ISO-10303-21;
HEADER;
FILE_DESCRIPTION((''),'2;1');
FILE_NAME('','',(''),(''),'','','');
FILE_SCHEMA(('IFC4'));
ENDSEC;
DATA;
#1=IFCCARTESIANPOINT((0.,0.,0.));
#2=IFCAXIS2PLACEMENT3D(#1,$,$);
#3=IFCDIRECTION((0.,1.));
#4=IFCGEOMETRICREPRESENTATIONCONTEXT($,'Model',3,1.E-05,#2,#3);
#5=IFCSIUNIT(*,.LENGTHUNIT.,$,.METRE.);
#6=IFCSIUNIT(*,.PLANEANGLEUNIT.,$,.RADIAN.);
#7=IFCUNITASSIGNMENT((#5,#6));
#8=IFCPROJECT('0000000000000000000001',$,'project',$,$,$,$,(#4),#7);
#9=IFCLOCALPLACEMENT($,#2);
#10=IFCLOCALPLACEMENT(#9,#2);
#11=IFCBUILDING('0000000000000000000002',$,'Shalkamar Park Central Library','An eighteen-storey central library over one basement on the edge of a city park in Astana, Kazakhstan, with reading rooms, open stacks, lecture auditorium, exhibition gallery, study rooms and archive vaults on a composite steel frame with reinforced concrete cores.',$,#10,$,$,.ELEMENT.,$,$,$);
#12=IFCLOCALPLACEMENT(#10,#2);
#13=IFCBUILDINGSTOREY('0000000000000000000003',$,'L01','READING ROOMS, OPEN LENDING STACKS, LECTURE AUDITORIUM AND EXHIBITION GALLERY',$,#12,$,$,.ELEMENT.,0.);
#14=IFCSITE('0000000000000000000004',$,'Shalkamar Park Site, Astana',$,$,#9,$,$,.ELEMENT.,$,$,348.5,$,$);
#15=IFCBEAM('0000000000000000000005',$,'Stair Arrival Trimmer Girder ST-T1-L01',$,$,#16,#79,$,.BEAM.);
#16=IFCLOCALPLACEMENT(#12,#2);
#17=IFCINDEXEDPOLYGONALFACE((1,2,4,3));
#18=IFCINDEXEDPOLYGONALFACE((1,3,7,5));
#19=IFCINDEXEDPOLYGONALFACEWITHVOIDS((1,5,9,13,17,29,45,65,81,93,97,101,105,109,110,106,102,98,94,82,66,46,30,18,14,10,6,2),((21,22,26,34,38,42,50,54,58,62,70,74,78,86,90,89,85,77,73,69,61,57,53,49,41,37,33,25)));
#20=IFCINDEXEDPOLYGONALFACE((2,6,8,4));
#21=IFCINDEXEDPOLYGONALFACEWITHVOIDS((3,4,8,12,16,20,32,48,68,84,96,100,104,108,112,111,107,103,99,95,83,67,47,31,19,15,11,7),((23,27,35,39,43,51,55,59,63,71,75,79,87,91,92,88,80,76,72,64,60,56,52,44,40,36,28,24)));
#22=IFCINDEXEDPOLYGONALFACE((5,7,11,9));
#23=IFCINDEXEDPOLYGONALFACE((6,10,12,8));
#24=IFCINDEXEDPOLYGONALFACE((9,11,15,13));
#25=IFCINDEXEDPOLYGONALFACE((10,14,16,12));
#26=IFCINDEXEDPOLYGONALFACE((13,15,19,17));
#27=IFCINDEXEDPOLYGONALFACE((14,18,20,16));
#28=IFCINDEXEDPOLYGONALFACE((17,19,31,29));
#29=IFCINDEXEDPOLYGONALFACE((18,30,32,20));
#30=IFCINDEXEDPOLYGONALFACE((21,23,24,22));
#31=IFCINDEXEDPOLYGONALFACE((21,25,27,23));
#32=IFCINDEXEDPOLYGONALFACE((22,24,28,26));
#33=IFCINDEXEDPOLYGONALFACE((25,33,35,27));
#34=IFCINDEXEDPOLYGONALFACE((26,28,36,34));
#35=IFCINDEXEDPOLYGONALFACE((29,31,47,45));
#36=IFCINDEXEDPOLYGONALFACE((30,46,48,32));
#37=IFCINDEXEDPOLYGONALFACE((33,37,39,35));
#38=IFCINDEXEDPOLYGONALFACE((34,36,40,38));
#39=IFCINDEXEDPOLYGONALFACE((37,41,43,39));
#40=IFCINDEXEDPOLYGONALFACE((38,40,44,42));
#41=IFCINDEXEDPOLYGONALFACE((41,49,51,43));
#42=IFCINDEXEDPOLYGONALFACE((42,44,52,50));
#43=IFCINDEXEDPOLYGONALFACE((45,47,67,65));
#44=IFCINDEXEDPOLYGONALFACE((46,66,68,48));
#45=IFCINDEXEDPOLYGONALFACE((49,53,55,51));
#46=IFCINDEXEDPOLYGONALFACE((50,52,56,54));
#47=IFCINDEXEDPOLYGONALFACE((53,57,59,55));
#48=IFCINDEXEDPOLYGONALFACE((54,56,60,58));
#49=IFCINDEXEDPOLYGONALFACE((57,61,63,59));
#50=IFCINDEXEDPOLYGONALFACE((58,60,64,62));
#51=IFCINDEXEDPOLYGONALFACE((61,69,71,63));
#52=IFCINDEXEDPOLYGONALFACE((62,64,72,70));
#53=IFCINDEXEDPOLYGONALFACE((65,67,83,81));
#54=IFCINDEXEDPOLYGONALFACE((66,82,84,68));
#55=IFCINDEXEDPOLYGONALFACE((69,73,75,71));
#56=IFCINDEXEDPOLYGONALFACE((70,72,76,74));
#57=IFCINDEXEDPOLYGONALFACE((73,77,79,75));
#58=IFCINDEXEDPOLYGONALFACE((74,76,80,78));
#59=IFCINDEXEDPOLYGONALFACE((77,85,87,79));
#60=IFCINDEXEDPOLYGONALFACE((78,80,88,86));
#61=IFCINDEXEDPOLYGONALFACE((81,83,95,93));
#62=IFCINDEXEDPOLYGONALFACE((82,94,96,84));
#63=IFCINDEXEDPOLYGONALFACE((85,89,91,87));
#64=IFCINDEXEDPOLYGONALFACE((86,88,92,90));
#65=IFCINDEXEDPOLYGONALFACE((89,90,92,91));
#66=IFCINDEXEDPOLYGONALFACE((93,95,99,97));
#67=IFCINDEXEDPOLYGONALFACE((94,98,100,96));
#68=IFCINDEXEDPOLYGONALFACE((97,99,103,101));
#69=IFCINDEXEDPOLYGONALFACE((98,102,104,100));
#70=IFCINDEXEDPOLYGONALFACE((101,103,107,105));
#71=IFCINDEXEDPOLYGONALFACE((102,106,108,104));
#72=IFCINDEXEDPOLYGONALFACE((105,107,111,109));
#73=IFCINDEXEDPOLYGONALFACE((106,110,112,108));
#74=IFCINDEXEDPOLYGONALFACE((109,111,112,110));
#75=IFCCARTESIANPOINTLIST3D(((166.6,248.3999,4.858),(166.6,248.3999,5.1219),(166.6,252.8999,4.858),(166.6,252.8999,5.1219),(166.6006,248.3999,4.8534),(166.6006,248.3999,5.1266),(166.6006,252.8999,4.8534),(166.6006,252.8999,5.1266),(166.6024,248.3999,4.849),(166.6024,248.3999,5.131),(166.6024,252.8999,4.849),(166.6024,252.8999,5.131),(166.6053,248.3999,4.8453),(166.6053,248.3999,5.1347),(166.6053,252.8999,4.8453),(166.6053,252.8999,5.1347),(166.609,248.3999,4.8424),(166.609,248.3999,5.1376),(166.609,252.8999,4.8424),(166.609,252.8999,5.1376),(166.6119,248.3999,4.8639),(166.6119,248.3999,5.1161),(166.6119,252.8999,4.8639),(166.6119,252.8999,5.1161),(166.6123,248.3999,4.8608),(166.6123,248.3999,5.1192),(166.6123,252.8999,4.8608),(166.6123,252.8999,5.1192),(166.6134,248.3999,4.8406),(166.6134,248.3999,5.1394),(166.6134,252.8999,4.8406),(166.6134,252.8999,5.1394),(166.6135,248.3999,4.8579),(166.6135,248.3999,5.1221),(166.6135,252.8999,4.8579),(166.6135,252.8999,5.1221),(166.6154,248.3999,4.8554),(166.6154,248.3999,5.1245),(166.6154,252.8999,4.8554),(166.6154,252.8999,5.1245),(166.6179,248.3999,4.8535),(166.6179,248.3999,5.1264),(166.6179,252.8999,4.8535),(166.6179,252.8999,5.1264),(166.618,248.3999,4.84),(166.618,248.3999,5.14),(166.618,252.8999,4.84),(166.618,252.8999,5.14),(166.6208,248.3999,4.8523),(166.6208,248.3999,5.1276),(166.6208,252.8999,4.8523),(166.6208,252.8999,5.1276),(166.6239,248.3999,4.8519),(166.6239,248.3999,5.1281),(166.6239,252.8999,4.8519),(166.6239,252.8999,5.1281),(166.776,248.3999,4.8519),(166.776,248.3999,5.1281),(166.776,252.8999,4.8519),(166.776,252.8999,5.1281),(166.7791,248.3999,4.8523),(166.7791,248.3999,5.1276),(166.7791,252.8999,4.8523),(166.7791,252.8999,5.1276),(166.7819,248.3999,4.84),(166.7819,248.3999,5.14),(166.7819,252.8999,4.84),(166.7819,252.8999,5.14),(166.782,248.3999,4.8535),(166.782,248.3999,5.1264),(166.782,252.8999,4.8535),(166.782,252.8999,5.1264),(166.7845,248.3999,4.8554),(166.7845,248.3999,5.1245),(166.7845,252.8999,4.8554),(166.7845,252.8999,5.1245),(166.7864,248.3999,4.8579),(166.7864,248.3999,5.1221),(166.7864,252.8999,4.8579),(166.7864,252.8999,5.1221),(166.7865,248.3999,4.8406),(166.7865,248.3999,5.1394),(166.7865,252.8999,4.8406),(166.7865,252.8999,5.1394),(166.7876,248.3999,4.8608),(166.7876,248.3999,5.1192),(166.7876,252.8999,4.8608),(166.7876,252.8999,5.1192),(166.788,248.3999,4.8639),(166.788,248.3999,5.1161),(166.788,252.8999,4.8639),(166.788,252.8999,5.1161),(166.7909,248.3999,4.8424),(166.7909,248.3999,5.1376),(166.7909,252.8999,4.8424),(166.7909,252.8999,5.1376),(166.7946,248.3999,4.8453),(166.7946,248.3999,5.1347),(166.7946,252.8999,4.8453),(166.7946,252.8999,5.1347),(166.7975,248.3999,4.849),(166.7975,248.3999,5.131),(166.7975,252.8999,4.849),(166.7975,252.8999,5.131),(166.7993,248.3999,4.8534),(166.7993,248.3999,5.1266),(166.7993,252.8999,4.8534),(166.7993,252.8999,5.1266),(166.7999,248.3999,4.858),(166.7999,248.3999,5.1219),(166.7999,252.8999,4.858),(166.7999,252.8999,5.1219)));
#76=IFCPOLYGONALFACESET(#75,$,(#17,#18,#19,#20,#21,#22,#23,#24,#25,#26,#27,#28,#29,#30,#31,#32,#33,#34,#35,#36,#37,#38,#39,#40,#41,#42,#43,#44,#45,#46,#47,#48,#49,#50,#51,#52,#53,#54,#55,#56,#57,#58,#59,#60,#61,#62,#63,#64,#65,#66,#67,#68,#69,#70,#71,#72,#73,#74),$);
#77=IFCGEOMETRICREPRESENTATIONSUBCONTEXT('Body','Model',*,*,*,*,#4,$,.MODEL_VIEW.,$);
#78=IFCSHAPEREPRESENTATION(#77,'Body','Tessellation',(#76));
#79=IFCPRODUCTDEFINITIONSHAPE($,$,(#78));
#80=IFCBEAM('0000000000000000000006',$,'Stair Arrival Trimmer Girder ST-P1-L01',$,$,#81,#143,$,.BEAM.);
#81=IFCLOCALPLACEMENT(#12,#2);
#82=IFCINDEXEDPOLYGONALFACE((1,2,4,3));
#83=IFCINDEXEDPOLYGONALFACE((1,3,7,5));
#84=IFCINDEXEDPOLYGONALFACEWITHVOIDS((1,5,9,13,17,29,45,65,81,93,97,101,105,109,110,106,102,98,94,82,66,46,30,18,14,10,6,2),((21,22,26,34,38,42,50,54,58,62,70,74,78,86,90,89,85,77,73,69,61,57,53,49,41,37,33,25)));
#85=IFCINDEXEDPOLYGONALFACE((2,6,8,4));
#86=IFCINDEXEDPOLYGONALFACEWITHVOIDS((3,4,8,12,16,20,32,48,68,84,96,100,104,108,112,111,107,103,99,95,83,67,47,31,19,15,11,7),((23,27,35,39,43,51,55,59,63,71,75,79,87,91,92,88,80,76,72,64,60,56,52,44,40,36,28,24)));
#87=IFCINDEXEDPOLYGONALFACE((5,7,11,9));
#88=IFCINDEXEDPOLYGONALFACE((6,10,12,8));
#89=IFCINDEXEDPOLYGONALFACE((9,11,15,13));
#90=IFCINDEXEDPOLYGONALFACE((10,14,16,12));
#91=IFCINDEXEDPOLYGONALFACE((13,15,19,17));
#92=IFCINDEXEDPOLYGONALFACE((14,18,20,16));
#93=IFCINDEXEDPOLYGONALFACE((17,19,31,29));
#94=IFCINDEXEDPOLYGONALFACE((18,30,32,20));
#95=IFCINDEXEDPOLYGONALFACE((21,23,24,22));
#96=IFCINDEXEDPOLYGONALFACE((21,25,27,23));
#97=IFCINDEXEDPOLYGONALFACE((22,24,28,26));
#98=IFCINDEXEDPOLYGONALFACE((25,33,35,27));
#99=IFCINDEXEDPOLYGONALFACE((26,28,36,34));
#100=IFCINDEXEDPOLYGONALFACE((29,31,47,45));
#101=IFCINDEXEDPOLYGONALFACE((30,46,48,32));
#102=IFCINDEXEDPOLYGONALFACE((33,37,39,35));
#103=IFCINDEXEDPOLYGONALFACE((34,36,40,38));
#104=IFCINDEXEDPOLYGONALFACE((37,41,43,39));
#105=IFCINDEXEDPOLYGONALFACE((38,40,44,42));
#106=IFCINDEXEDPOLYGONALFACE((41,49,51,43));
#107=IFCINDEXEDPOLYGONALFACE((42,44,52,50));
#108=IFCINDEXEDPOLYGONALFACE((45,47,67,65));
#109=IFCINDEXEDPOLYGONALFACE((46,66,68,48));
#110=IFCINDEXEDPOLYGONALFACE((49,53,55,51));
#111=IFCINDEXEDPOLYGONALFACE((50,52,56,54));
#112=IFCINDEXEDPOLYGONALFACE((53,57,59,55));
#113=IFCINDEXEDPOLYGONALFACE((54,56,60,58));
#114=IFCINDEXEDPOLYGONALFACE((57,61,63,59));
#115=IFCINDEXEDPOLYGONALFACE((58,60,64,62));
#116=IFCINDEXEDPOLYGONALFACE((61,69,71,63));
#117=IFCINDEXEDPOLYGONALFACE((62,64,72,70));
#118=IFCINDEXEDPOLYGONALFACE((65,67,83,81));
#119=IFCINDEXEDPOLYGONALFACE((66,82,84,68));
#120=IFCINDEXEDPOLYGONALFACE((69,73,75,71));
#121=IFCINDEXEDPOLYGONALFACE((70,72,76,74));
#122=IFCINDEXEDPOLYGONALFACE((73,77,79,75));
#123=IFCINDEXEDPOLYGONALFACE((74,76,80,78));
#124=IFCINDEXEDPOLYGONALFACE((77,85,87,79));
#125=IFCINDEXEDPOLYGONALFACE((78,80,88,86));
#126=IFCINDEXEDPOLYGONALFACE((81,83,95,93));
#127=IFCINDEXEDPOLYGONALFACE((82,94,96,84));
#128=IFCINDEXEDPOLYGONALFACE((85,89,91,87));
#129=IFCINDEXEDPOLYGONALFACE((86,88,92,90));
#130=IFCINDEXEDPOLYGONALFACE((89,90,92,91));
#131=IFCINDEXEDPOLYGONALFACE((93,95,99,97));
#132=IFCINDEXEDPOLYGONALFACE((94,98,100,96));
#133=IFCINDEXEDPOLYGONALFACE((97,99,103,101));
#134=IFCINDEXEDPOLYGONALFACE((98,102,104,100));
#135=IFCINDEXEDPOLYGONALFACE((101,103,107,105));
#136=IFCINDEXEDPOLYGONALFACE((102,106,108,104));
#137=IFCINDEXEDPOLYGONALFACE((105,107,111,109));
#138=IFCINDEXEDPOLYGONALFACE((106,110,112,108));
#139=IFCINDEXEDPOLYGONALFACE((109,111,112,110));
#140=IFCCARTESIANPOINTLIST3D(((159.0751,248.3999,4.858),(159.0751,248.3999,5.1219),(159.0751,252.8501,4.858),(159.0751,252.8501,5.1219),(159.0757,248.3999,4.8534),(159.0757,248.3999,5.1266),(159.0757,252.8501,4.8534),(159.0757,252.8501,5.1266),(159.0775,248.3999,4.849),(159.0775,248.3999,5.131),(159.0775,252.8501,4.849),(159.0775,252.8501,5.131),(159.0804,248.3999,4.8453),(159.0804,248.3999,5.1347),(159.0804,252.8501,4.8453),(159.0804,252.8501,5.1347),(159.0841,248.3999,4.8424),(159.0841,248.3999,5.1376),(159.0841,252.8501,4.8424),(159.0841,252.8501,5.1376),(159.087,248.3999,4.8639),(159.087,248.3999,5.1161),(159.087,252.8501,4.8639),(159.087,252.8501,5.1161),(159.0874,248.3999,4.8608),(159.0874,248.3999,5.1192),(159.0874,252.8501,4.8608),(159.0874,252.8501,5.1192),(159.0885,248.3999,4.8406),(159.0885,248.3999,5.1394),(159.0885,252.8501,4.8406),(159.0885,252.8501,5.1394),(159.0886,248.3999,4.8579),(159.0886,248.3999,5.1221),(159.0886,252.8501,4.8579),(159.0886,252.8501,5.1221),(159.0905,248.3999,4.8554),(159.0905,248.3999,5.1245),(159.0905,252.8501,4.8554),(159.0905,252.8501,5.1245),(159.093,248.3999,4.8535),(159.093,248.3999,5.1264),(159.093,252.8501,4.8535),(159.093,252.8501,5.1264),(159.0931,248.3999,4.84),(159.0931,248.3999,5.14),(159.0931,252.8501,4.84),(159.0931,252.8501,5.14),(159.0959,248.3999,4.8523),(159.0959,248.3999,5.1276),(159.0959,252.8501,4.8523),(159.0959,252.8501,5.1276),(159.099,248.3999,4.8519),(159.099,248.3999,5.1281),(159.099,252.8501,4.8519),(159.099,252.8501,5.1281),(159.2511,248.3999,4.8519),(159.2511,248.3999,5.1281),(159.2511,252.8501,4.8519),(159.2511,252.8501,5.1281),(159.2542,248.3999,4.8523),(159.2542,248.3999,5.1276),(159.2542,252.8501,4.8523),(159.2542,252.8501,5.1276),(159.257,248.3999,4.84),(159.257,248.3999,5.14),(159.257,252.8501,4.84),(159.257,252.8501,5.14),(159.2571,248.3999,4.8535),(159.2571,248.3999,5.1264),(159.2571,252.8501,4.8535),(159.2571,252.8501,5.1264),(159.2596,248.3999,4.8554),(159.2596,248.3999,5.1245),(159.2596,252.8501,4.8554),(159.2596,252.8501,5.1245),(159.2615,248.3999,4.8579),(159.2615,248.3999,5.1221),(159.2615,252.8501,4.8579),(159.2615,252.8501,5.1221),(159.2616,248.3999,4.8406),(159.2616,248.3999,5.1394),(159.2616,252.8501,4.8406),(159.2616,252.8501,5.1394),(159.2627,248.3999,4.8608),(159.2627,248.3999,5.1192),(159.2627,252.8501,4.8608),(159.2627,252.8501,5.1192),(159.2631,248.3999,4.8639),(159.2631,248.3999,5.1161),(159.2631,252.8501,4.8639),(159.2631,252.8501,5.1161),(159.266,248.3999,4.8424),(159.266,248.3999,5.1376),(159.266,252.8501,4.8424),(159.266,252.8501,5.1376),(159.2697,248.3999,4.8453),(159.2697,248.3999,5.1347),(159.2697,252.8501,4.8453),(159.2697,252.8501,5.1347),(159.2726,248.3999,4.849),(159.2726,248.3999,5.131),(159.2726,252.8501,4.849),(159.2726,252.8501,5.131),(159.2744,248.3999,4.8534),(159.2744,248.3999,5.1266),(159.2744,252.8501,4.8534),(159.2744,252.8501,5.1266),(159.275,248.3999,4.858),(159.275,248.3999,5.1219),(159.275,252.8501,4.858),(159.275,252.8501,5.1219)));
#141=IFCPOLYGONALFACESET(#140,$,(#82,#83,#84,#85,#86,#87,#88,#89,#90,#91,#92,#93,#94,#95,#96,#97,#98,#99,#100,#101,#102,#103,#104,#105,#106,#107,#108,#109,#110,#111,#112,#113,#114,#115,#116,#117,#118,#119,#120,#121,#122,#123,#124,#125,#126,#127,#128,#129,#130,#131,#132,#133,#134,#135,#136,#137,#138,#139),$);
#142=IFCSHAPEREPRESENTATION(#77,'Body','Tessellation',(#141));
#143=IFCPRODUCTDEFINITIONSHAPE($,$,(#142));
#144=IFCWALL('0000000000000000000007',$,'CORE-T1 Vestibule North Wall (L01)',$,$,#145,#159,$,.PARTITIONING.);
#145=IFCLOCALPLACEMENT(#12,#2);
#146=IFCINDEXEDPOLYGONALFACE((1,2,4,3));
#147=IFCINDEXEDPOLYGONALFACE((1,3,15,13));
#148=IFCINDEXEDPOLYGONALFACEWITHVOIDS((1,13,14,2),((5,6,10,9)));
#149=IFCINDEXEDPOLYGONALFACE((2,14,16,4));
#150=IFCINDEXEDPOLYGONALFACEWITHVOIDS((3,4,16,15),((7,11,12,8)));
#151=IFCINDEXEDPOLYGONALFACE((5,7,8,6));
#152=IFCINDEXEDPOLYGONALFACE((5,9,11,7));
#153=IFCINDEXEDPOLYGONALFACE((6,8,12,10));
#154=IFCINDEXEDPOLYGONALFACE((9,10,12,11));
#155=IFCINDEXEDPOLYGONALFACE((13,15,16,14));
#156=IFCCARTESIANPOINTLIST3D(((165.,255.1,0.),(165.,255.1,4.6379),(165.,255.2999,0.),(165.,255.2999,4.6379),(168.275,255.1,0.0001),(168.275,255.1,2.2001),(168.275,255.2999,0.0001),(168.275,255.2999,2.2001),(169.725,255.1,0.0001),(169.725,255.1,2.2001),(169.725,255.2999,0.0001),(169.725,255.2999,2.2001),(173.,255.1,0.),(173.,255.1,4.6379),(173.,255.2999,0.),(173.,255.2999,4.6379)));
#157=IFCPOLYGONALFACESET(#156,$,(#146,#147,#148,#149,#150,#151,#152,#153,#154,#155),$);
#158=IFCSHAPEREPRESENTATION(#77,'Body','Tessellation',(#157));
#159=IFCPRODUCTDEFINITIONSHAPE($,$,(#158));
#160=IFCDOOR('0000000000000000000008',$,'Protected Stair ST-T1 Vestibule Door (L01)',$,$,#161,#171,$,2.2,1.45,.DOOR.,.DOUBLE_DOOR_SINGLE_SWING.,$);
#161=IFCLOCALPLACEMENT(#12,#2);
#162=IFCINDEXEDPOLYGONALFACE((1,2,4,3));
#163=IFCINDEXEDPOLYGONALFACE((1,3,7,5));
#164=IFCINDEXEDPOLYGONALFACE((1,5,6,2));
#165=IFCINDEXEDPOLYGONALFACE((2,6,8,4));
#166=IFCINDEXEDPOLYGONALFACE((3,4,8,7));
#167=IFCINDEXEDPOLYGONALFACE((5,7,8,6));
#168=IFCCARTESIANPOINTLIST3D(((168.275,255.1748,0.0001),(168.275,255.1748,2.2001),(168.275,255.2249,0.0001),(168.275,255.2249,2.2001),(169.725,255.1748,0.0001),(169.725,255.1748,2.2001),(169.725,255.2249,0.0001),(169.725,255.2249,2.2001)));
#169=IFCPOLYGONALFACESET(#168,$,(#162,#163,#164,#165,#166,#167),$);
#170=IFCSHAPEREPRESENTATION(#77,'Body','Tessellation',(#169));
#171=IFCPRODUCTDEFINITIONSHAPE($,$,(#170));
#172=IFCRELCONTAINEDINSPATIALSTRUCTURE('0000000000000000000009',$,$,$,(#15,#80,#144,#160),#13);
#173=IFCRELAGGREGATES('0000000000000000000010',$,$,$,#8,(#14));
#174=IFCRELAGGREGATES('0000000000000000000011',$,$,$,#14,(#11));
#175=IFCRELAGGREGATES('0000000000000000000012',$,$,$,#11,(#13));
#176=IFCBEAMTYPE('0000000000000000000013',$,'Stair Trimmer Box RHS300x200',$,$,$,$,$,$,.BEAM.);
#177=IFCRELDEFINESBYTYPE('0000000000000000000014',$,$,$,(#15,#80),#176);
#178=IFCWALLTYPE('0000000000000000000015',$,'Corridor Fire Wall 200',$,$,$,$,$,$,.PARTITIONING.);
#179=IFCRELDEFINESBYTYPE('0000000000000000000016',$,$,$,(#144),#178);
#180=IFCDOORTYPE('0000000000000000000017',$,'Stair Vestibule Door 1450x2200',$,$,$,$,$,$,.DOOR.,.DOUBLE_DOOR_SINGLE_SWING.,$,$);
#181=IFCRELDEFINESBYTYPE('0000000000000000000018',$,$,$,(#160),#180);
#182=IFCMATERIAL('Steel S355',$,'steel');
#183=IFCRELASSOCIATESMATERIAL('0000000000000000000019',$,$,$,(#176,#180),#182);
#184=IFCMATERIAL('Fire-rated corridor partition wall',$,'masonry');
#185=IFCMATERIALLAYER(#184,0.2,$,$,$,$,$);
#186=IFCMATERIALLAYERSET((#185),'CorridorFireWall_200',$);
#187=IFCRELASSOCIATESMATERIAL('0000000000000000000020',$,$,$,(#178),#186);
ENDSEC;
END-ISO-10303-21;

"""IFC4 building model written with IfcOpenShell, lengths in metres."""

from ifc_helpers import new_model, si_unit, direction, frame, frame_2d, origin, origin_2d, place, context, subcontext, project, spatial, rectangle, hollow_rectangle, extrude, material, layer, layer_set, material_profile, profile_set, type_object, element, fill, save


model = new_model("IFC4")

# Units and contexts
model_context = context("Model", 3, precision=1e-05, world=origin(), true_north=direction((0.0, 1.0)))
body_context = subcontext(model_context, "Body", "Model", "MODEL_VIEW")
ifc_project = project(units=[si_unit("LENGTHUNIT", "METRE"), si_unit("PLANEANGLEUNIT", "RADIAN")], contexts=[model_context])

# Site, building, storey
site_placement = place(None, origin())
site = spatial("IfcSite", under=ifc_project, at=site_placement, Name="Shalkamar Park Site, Astana", CompositionType="ELEMENT", RefElevation=348.5)
building_placement = place(site_placement, origin())
building = spatial("IfcBuilding", under=site, at=building_placement, Name="Shalkamar Park Central Library", Description="An eighteen-storey central library over one basement on the edge of a city park in Astana, Kazakhstan, with reading rooms, open stacks, lecture auditorium, exhibition gallery, study rooms and archive vaults on a composite steel frame with reinforced concrete cores.", CompositionType="ELEMENT")
storey_placement = place(building_placement, origin())
storey = spatial("IfcBuildingStorey", under=building, at=storey_placement, Name="L01", Description="READING ROOMS, OPEN LENDING STACKS, LECTURE AUDITORIUM AND EXHIBITION GALLERY", CompositionType="ELEMENT", Elevation=0.0)

# Shared definitions
ifc_material_1 = material(Name="Steel S355", Category="steel")

# Beams
ifc_material_profile_1 = material_profile(ifc_material_1, hollow_rectangle(XDim=0.2, YDim=0.3, WallThickness=0.012, InnerFilletRadius=0.012, OuterFilletRadius=0.0181, at=origin_2d()), Name="RHS 300x200x12")
ifc_profile_set_1 = profile_set([ifc_material_profile_1], Name="Steel S355")
beam_type_1 = type_object("IfcBeamType", Name="Stair Trimmer Box RHS300x200", PredefinedType="BEAM", material=ifc_profile_set_1)
beam_1_placement = place(storey_placement, frame((166.7, 248.3999, 4.99), z_axis=(0.0, 1.0, 0.0), x_axis=(-1.0, 0.0, 0.0)))
element("IfcBeam", 1, at=beam_1_placement, inside=storey, type_object=beam_type_1, Name="Stair Arrival Trimmer Girder ST-T1-L01", PredefinedType="BEAM", context=body_context, shape_type="SweptSolid", body=[
    extrude(hollow_rectangle(XDim=0.2, YDim=0.3, WallThickness=0.012, InnerFilletRadius=0.012, OuterFilletRadius=0.0181, at=origin_2d()), origin(), (0.0, 0.0, 1.0), 4.5),
])
beam_2_placement = place(storey_placement, frame((159.175, 248.3999, 4.99), z_axis=(0.0, 1.0, 0.0), x_axis=(-1.0, 0.0, 0.0)))
element("IfcBeam", 2, at=beam_2_placement, inside=storey, type_object=beam_type_1, Name="Stair Arrival Trimmer Girder ST-P1-L01", PredefinedType="BEAM", context=body_context, shape_type="SweptSolid", body=[
    extrude(hollow_rectangle(XDim=0.2, YDim=0.3, WallThickness=0.012, InnerFilletRadius=0.012, OuterFilletRadius=0.0181, at=origin_2d()), origin(), (0.0, 0.0, 1.0), 4.4502),
])

# Wall, opening, door
ifc_material_2 = material(Name="Fire-rated corridor partition wall", Category="masonry")
ifc_layer_1 = layer(ifc_material_2, 0.2)
ifc_layer_set_1 = layer_set([ifc_layer_1], Name="CorridorFireWall_200")
wall_type_1 = type_object("IfcWallType", Name="Corridor Fire Wall 200", PredefinedType="PARTITIONING", material=ifc_layer_set_1)
wall_1_placement = place(storey_placement, frame((165.0, 255.2, 0.0), z_axis=(0.0, 0.0, 1.0), x_axis=(1.0, 0.0, 0.0)))
wall_1 = element("IfcWall", 3, at=wall_1_placement, inside=storey, type_object=wall_type_1, Name="CORE-T1 Vestibule North Wall (L01)", PredefinedType="PARTITIONING", context=body_context, shape_type="SweptSolid", body=[
    extrude(rectangle(XDim=8.0, YDim=0.2, at=frame_2d((4.0, 0.0))), origin(), (0.0, 0.0, 1.0), 4.6379),
])
opening_1_placement = place(wall_1_placement, frame((3.2749, 0.0, 0.0)))
opening_1 = element("IfcOpeningElement", 4, at=opening_1_placement, cuts=wall_1, PredefinedType="OPENING", context=body_context, shape_type="SweptSolid", body=[
    extrude(rectangle(XDim=1.45, YDim=2.2, at=frame_2d((0.7251, 1.1001))), frame((0.0, 0.1147, 0.0), z_axis=(0.0, -1.0, 0.0), x_axis=(1.0, 0.0, 0.0)), (0.0, 0.0, 1.0), 0.2297),
])
door_type_1 = type_object("IfcDoorType", Name="Stair Vestibule Door 1450x2200", OperationType="DOUBLE_DOOR_SINGLE_SWING", PredefinedType="DOOR", material=ifc_material_1)
door_1_placement = place(opening_1_placement, origin())
door_1 = element("IfcDoor", 5, at=door_1_placement, inside=storey, type_object=door_type_1, Name="Protected Stair ST-T1 Vestibule Door (L01)", OperationType="DOUBLE_DOOR_SINGLE_SWING", OverallHeight=2.2, OverallWidth=1.45, PredefinedType="DOOR", context=body_context, shape_type="SweptSolid", body=[
    extrude(rectangle(XDim=1.45, YDim=2.2, at=frame_2d((0.7251, 1.1001))), frame((0.0, 0.0249, 0.0), z_axis=(0.0, -1.0, 0.0), x_axis=(1.0, 0.0, 0.0)), (0.0, 0.0, 1.0), 0.05),
])
fill(opening_1, door_1)

save(model, "model.ifc")
